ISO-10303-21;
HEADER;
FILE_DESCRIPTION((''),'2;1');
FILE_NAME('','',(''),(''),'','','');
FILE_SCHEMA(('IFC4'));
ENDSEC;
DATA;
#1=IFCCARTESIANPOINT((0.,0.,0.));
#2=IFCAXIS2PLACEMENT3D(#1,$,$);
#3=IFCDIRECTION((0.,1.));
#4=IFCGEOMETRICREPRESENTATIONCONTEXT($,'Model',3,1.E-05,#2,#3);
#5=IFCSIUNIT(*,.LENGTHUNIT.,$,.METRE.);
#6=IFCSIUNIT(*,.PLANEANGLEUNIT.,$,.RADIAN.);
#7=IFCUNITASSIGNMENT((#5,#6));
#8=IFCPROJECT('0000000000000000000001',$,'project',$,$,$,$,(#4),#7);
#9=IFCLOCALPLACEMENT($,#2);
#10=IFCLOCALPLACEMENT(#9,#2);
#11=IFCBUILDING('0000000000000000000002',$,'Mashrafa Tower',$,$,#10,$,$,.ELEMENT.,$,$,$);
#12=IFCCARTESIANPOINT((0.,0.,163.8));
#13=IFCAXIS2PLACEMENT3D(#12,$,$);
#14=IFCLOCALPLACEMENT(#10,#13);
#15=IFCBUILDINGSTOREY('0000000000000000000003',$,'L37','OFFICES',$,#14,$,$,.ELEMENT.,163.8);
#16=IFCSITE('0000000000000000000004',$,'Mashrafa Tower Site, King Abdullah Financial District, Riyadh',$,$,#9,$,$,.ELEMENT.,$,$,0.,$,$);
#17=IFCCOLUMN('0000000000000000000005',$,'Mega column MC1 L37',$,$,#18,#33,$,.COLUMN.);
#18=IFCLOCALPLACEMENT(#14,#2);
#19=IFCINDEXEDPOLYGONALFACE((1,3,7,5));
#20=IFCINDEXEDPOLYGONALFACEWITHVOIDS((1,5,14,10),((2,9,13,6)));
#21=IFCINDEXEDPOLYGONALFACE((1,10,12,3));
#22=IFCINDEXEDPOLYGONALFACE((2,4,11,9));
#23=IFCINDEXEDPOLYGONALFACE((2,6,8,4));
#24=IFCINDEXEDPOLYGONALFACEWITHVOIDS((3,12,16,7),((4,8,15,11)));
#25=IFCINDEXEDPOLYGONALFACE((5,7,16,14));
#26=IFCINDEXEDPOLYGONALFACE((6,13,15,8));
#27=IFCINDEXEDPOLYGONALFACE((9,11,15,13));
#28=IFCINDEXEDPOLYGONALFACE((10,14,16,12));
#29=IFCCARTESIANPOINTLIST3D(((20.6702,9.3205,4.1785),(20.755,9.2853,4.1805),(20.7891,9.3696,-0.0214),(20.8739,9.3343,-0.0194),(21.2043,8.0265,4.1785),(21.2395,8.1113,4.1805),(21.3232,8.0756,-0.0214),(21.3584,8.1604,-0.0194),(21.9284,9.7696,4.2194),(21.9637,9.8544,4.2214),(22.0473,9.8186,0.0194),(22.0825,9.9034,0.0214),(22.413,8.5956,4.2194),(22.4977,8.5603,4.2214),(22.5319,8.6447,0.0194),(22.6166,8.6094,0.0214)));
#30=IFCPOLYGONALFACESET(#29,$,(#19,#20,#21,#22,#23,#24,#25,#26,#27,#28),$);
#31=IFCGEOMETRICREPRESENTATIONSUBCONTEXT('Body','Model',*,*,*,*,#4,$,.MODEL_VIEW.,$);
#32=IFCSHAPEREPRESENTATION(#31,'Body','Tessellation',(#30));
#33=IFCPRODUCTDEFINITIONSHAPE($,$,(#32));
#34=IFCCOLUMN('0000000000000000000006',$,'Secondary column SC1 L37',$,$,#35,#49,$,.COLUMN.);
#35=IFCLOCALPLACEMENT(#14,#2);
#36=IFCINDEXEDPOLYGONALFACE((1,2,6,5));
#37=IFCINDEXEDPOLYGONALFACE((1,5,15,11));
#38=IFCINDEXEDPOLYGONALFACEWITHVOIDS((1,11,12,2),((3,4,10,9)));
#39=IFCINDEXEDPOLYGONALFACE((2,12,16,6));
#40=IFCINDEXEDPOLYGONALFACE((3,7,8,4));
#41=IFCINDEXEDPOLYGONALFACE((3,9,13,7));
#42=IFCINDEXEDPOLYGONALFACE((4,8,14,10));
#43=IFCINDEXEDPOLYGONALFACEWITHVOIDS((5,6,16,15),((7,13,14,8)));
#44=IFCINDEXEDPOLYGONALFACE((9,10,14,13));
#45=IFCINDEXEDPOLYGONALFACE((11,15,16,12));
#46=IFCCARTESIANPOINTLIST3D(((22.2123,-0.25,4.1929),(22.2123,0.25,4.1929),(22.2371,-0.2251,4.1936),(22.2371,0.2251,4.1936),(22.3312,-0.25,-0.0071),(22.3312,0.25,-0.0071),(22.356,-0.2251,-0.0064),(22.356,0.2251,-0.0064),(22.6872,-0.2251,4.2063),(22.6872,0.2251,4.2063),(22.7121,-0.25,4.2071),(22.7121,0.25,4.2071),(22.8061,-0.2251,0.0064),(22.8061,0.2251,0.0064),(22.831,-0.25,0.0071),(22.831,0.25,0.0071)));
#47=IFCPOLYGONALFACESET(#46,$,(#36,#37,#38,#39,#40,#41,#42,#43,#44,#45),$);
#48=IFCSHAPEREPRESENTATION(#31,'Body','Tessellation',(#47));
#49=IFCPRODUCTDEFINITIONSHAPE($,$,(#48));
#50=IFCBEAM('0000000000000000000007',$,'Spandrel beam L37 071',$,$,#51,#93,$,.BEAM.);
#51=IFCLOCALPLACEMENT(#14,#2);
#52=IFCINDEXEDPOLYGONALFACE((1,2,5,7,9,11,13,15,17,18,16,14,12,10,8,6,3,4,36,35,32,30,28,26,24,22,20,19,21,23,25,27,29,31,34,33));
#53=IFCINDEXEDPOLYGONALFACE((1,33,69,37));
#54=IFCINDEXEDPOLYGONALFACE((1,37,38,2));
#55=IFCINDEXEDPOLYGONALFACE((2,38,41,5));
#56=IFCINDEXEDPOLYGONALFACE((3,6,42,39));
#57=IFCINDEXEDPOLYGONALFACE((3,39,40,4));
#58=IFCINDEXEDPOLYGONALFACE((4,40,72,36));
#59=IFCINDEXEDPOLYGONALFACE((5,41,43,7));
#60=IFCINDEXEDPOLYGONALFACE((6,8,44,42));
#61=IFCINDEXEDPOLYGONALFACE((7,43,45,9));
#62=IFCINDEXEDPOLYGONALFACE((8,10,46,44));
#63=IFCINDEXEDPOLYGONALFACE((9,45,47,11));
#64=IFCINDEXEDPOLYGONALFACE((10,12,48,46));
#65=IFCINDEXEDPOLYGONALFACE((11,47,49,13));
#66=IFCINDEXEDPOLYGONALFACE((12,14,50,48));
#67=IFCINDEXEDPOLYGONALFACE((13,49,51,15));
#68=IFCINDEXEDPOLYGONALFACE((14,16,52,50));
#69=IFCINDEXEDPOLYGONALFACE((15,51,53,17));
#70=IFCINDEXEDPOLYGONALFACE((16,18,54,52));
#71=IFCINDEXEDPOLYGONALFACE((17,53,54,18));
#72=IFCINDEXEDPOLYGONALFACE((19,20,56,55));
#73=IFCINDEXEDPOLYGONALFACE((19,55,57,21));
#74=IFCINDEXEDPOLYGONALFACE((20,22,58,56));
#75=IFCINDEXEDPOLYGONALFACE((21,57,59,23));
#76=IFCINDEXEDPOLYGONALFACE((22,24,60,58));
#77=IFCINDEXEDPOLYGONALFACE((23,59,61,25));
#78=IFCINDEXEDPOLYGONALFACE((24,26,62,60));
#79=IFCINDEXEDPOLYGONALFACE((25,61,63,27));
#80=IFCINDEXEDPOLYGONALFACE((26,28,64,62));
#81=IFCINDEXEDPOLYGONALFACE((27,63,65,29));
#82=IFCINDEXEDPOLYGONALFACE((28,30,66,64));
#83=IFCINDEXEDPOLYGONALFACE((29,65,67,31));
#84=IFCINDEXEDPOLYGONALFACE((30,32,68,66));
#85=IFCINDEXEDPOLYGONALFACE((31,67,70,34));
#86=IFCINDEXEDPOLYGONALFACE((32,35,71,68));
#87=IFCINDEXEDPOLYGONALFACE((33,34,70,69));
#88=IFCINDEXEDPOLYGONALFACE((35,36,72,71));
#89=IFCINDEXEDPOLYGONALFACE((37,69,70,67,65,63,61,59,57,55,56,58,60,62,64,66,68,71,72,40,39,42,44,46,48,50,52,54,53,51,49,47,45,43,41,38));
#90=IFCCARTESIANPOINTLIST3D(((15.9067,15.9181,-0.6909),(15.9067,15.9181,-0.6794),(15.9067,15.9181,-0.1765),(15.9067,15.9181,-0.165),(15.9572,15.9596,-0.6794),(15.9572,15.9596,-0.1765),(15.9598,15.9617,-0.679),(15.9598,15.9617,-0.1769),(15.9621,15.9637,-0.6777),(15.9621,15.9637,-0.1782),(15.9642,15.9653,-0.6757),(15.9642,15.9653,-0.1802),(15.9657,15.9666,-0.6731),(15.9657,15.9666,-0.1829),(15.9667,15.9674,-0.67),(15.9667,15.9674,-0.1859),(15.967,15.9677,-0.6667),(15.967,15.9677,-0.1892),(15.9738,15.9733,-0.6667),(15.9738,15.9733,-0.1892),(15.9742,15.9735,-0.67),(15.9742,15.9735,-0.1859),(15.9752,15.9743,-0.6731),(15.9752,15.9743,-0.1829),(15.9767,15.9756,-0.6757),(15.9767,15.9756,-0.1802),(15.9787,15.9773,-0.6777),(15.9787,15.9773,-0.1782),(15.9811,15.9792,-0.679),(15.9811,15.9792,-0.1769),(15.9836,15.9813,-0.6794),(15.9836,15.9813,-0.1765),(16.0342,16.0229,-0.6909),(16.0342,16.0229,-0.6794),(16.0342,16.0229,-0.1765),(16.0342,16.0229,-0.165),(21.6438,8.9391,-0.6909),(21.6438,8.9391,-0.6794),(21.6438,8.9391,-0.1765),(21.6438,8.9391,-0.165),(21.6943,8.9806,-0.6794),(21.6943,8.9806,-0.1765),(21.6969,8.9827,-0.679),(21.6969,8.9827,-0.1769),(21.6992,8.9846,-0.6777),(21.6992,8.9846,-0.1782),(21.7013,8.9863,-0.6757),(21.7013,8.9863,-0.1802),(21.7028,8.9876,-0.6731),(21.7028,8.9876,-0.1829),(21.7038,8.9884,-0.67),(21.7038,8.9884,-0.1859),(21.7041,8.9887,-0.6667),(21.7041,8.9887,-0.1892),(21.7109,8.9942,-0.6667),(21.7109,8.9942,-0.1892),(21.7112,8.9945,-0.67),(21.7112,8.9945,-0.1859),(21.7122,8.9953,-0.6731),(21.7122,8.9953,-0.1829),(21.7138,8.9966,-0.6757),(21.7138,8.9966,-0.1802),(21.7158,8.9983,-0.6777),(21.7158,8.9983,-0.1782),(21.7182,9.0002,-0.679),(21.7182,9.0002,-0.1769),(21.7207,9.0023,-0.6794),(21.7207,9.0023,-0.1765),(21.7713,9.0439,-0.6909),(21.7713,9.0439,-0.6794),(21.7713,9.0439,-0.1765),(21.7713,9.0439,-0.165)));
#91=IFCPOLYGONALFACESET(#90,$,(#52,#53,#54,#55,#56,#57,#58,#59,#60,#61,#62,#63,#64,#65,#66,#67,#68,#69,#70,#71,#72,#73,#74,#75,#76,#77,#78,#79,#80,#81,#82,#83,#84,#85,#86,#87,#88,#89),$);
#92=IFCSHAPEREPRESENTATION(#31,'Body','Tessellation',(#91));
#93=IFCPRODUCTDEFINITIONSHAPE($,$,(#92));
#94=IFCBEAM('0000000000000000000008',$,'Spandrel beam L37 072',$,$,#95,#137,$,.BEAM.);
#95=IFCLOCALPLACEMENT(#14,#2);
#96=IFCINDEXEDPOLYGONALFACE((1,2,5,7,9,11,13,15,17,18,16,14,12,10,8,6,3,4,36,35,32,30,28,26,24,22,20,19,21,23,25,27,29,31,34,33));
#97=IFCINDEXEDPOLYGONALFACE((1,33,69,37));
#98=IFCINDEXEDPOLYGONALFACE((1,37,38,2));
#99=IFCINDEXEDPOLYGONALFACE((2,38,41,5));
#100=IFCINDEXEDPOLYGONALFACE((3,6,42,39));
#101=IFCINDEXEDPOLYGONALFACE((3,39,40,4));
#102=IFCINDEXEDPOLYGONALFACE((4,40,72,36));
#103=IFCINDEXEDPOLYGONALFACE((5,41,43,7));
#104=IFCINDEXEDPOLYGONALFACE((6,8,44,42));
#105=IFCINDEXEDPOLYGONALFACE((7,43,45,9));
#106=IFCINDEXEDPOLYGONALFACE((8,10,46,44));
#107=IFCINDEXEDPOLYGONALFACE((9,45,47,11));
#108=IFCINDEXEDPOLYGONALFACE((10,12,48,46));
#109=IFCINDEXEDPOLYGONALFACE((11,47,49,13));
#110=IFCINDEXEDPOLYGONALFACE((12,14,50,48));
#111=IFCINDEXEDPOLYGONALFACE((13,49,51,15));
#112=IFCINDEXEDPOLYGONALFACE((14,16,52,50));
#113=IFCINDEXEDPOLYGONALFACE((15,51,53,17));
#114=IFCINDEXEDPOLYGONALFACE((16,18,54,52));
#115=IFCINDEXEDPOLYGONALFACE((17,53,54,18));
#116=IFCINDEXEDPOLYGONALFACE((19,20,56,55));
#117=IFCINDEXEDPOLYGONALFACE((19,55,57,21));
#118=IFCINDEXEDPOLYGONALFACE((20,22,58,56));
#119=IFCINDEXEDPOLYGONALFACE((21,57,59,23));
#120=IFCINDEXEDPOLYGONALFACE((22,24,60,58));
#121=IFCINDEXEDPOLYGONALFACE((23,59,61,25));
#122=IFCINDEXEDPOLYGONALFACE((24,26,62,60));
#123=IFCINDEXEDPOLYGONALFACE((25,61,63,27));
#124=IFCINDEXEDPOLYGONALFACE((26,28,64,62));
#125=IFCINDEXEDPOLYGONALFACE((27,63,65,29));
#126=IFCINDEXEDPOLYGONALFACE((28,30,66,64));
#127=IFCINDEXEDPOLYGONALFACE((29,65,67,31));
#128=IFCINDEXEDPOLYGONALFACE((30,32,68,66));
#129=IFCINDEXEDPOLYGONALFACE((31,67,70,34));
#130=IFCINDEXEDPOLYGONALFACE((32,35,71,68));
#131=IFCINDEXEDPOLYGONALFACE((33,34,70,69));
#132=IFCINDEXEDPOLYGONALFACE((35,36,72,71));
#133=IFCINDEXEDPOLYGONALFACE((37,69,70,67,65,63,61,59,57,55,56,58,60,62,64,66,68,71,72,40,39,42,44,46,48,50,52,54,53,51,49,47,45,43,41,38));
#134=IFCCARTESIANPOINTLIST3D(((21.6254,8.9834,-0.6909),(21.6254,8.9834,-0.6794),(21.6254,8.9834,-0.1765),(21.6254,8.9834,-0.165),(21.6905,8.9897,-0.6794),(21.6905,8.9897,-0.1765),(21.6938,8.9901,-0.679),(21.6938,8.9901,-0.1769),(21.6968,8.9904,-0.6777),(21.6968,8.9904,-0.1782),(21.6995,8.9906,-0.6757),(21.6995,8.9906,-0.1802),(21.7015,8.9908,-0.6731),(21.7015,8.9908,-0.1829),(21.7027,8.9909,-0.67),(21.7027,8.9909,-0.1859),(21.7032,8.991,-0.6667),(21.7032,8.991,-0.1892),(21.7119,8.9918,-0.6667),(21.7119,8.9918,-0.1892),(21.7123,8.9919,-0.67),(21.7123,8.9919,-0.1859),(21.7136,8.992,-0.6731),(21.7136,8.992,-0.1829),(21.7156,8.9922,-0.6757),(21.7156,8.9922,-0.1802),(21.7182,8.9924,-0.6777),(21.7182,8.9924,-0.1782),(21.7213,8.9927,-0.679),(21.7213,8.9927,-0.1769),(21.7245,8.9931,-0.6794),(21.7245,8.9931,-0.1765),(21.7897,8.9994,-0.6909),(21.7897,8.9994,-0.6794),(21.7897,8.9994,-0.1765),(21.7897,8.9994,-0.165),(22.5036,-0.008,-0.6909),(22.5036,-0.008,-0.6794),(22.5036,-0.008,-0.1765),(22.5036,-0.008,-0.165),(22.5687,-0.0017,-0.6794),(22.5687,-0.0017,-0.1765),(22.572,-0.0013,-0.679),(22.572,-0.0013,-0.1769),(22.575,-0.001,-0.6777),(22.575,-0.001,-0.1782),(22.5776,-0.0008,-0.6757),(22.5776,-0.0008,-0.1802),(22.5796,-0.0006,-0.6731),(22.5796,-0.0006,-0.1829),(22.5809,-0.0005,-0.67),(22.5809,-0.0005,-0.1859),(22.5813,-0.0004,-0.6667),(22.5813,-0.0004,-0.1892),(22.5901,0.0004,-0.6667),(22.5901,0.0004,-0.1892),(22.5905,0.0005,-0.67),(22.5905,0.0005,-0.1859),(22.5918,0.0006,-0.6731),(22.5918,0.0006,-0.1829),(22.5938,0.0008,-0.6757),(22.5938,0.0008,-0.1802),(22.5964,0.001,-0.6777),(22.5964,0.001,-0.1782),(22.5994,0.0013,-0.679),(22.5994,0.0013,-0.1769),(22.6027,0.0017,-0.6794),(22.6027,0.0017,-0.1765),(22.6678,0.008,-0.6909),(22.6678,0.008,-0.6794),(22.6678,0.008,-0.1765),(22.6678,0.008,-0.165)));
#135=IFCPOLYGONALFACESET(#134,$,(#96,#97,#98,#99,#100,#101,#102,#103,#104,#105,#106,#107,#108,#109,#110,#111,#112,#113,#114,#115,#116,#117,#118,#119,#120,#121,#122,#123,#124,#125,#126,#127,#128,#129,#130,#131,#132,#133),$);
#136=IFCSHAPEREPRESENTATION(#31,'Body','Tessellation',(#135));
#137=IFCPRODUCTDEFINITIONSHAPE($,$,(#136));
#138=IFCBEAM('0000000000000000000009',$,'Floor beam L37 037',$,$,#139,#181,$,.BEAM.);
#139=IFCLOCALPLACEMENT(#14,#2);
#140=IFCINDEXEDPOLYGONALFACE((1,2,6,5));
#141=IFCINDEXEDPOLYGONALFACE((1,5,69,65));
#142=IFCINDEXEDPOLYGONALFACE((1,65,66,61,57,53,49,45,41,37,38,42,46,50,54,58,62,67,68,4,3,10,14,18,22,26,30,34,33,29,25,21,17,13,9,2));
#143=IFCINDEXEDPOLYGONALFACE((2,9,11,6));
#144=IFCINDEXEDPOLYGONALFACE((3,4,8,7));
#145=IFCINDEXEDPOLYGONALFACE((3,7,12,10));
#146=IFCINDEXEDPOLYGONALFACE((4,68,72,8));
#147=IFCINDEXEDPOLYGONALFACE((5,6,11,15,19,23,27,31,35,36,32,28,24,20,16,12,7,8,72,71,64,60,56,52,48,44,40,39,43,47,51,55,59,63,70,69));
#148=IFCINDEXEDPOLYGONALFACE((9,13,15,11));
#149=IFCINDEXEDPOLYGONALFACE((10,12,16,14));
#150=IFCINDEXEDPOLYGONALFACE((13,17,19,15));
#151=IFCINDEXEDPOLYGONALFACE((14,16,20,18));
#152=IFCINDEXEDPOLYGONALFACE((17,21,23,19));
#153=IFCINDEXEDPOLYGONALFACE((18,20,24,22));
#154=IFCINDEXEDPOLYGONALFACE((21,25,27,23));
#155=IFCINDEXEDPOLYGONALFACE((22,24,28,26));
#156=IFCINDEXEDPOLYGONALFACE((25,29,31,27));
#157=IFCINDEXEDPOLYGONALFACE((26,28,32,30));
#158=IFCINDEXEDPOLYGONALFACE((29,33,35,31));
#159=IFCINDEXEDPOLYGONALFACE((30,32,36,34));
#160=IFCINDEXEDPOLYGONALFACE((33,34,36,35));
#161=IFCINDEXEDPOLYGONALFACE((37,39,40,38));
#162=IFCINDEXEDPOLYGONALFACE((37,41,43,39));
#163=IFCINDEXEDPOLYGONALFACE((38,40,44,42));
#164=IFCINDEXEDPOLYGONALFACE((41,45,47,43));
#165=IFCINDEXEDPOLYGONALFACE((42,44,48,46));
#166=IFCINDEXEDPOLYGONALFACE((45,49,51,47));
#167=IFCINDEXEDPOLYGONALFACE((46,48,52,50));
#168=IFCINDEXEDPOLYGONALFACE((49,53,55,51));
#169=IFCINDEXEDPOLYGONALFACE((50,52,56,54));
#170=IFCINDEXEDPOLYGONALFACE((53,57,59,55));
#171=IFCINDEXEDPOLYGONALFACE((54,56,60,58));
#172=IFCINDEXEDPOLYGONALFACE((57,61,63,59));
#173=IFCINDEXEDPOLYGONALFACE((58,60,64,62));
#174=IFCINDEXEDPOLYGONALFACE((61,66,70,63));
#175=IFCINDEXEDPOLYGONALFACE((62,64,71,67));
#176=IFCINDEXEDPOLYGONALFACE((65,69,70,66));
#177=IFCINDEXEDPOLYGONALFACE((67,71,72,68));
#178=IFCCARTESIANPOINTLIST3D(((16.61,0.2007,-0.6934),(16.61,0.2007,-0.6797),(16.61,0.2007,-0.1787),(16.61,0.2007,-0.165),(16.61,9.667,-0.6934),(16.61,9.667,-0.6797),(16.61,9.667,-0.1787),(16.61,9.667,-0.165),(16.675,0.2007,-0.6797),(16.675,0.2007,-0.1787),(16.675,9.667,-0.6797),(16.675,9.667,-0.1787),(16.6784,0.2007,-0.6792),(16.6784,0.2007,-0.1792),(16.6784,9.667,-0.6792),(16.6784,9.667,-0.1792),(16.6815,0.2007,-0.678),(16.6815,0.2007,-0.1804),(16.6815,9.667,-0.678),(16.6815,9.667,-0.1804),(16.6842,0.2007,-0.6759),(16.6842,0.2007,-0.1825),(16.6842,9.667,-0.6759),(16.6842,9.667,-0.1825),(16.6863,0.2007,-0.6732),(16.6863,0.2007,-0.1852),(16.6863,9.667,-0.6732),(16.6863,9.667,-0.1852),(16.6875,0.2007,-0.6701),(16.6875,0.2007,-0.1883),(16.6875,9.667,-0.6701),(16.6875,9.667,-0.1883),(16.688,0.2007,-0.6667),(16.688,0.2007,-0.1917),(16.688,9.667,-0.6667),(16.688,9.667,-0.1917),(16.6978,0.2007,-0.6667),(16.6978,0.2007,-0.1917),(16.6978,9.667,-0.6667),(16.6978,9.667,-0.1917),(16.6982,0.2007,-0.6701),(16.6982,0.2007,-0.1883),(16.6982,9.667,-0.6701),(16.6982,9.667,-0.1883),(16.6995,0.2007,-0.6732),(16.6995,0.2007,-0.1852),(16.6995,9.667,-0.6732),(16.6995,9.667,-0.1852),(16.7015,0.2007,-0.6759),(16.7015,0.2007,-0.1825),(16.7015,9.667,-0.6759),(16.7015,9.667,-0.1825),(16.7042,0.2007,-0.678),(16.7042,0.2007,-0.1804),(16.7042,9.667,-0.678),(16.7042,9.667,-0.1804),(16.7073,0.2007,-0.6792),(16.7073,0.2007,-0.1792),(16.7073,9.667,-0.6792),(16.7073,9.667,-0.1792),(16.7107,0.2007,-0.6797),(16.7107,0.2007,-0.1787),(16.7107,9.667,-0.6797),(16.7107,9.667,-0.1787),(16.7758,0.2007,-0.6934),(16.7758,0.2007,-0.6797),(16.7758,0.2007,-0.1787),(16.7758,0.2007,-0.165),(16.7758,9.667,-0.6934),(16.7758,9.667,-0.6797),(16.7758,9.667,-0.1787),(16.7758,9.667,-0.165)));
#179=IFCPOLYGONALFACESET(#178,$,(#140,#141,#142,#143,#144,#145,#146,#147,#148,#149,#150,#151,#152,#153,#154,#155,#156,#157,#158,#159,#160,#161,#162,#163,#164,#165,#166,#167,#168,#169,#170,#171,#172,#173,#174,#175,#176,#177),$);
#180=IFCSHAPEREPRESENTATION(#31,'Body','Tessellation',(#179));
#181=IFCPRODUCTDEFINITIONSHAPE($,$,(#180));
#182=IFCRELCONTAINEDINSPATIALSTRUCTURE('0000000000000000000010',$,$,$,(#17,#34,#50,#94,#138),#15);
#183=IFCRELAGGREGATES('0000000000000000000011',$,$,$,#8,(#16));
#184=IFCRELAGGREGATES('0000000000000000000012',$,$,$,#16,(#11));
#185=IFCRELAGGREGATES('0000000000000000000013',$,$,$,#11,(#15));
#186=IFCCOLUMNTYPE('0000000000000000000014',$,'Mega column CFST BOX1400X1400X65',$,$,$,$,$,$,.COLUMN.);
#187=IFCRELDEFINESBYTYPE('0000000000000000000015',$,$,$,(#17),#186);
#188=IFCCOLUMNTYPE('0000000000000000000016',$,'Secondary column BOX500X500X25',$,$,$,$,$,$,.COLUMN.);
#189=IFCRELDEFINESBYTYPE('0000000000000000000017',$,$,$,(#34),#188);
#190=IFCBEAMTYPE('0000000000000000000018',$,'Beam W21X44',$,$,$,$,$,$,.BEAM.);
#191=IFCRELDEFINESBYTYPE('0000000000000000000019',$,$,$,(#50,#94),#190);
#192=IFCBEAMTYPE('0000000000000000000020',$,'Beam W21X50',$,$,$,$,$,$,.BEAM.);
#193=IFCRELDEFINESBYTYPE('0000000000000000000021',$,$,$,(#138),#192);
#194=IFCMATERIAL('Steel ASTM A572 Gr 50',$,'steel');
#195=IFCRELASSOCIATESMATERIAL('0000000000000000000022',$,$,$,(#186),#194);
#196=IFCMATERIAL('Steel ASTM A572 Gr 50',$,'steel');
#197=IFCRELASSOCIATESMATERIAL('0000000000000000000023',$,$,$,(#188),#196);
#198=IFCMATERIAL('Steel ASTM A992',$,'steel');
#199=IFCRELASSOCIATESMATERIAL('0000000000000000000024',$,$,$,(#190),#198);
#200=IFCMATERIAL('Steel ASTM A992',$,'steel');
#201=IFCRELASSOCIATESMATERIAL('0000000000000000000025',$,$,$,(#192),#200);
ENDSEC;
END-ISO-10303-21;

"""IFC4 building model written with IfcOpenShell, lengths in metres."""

from ifc_helpers import new_model, si_unit, direction, frame, origin, origin_2d, place, context, subcontext, project, spatial, hollow_rectangle, i_section, extrude, material, material_profile, profile_set, type_object, element, save


model = new_model("IFC4")

# Units and contexts
model_context = context("Model", 3, precision=1e-05, world=origin(), true_north=direction((0.0, 1.0)))
body_context = subcontext(model_context, "Body", "Model", "MODEL_VIEW")
ifc_project = project(units=[si_unit("LENGTHUNIT", "METRE"), si_unit("PLANEANGLEUNIT", "RADIAN")], contexts=[model_context])

# Site, building, storey
site_placement = place(None, origin())
site = spatial("IfcSite", under=ifc_project, at=site_placement, Name="Mashrafa Tower Site, King Abdullah Financial District, Riyadh", CompositionType="ELEMENT", RefElevation=0.0)
building_placement = place(site_placement, origin())
building = spatial("IfcBuilding", under=site, at=building_placement, Name="Mashrafa Tower", CompositionType="ELEMENT")
storey_placement = place(building_placement, frame((0.0, 0.0, 163.8)))
storey = spatial("IfcBuildingStorey", under=building, at=storey_placement, Name="L37", Description="OFFICES", CompositionType="ELEMENT", Elevation=163.8)

# Columns
ifc_material_1 = material(Name="Steel ASTM A572 Gr 50", Category="steel")
ifc_material_profile_1 = material_profile(ifc_material_1, hollow_rectangle(XDim=1.3999, YDim=1.3999, WallThickness=0.0649, at=origin_2d()), Name="BOX1400X1400X65")
ifc_profile_set_1 = profile_set([ifc_material_profile_1], Name="Steel ASTM A572 Gr 50")
column_type_1 = type_object("IfcColumnType", Name="Mega column CFST BOX1400X1400X65", PredefinedType="COLUMN", material=ifc_profile_set_1)
column_1_placement = place(storey_placement, frame((21.7029, 8.9895, 0.0), z_axis=(-0.028296, -0.011679, 0.999531), x_axis=(0.381513, -0.924363, 0.0)))
element("IfcColumn", 1, at=column_1_placement, inside=storey, type_object=column_type_1, Name="Mega column MC1 L37", PredefinedType="COLUMN", context=body_context, shape_type="SweptSolid", body=[
    extrude(hollow_rectangle(XDim=1.3999, YDim=1.3999, WallThickness=0.0649, at=origin_2d()), origin(), (0.0, 0.0, 1.0), 4.2019),
])
ifc_material_2 = material(Name="Steel ASTM A572 Gr 50", Category="steel")
ifc_material_profile_2 = material_profile(ifc_material_2, hollow_rectangle(XDim=0.5, YDim=0.5, WallThickness=0.0249, at=origin_2d()), Name="BOX500X500X25")
ifc_profile_set_2 = profile_set([ifc_material_profile_2], Name="Steel ASTM A572 Gr 50")
column_type_2 = type_object("IfcColumnType", Name="Secondary column BOX500X500X25", PredefinedType="COLUMN", material=ifc_profile_set_2)
column_2_placement = place(storey_placement, frame((22.5811, 0.0, 0.0), z_axis=(-0.028298, 0.0, 0.9996), x_axis=(0.0, -1.0, 0.0)))
element("IfcColumn", 2, at=column_2_placement, inside=storey, type_object=column_type_2, Name="Secondary column SC1 L37", PredefinedType="COLUMN", context=body_context, shape_type="SweptSolid", body=[
    extrude(hollow_rectangle(XDim=0.5, YDim=0.5, WallThickness=0.0249, at=origin_2d()), origin(), (0.0, 0.0, 1.0), 4.2017),
])

# Beams
ifc_material_3 = material(Name="Steel ASTM A992", Category="steel")
ifc_material_profile_3 = material_profile(ifc_material_3, i_section(OverallWidth=0.165, OverallDepth=0.5259, WebThickness=0.0088, FlangeThickness=0.0115, FilletRadius=0.0127, at=origin_2d()), Name="W21X44")
ifc_profile_set_3 = profile_set([ifc_material_profile_3], Name="Steel ASTM A992")
beam_type_1 = type_object("IfcBeamType", Name="Beam W21X44", PredefinedType="BEAM", material=ifc_profile_set_3)
beam_1_placement = place(storey_placement, frame((21.7075, 8.9915, -0.428), z_axis=(-0.635024, 0.772492, 0.0), x_axis=(-0.772492, -0.635024, 0.0)))
element("IfcBeam", 3, at=beam_1_placement, inside=storey, type_object=beam_type_1, Name="Spandrel beam L37 071", PredefinedType="BEAM", context=body_context, shape_type="SweptSolid", body=[
    extrude(i_section(OverallWidth=0.165, OverallDepth=0.5259, WebThickness=0.0088, FlangeThickness=0.0115, FilletRadius=0.0127, at=origin_2d()), origin(), (0.0, 0.0, 1.0), 9.0344),
])
beam_2_placement = place(storey_placement, frame((22.5857, 0.0, -0.428), z_axis=(-0.097205, 0.995264, 0.0), x_axis=(-0.995264, -0.097205, 0.0)))
element("IfcBeam", 4, at=beam_2_placement, inside=storey, type_object=beam_type_1, Name="Spandrel beam L37 072", PredefinedType="BEAM", context=body_context, shape_type="SweptSolid", body=[
    extrude(i_section(OverallWidth=0.165, OverallDepth=0.5259, WebThickness=0.0088, FlangeThickness=0.0115, FilletRadius=0.0127, at=origin_2d()), origin(), (0.0, 0.0, 1.0), 9.0342),
])
ifc_material_4 = material(Name="Steel ASTM A992", Category="steel")
ifc_material_profile_4 = material_profile(ifc_material_4, i_section(OverallWidth=0.1658, OverallDepth=0.5283, WebThickness=0.0098, FlangeThickness=0.0137, FilletRadius=0.0129, at=origin_2d()), Name="W21X50")
ifc_profile_set_4 = profile_set([ifc_material_profile_4], Name="Steel ASTM A992")
beam_type_2 = type_object("IfcBeamType", Name="Beam W21X50", PredefinedType="BEAM", material=ifc_profile_set_4)
beam_3_placement = place(storey_placement, frame((16.6929, 9.667, -0.4292), z_axis=(0.0, -1.0, 0.0), x_axis=(1.0, 0.0, 0.0)))
element("IfcBeam", 5, at=beam_3_placement, inside=storey, type_object=beam_type_2, Name="Floor beam L37 037", PredefinedType="BEAM", context=body_context, shape_type="SweptSolid", body=[
    extrude(i_section(OverallWidth=0.1658, OverallDepth=0.5283, WebThickness=0.0098, FlangeThickness=0.0137, FilletRadius=0.0129, at=origin_2d()), origin(), (0.0, 0.0, 1.0), 9.4663),
])

save(model, "model.ifc")
